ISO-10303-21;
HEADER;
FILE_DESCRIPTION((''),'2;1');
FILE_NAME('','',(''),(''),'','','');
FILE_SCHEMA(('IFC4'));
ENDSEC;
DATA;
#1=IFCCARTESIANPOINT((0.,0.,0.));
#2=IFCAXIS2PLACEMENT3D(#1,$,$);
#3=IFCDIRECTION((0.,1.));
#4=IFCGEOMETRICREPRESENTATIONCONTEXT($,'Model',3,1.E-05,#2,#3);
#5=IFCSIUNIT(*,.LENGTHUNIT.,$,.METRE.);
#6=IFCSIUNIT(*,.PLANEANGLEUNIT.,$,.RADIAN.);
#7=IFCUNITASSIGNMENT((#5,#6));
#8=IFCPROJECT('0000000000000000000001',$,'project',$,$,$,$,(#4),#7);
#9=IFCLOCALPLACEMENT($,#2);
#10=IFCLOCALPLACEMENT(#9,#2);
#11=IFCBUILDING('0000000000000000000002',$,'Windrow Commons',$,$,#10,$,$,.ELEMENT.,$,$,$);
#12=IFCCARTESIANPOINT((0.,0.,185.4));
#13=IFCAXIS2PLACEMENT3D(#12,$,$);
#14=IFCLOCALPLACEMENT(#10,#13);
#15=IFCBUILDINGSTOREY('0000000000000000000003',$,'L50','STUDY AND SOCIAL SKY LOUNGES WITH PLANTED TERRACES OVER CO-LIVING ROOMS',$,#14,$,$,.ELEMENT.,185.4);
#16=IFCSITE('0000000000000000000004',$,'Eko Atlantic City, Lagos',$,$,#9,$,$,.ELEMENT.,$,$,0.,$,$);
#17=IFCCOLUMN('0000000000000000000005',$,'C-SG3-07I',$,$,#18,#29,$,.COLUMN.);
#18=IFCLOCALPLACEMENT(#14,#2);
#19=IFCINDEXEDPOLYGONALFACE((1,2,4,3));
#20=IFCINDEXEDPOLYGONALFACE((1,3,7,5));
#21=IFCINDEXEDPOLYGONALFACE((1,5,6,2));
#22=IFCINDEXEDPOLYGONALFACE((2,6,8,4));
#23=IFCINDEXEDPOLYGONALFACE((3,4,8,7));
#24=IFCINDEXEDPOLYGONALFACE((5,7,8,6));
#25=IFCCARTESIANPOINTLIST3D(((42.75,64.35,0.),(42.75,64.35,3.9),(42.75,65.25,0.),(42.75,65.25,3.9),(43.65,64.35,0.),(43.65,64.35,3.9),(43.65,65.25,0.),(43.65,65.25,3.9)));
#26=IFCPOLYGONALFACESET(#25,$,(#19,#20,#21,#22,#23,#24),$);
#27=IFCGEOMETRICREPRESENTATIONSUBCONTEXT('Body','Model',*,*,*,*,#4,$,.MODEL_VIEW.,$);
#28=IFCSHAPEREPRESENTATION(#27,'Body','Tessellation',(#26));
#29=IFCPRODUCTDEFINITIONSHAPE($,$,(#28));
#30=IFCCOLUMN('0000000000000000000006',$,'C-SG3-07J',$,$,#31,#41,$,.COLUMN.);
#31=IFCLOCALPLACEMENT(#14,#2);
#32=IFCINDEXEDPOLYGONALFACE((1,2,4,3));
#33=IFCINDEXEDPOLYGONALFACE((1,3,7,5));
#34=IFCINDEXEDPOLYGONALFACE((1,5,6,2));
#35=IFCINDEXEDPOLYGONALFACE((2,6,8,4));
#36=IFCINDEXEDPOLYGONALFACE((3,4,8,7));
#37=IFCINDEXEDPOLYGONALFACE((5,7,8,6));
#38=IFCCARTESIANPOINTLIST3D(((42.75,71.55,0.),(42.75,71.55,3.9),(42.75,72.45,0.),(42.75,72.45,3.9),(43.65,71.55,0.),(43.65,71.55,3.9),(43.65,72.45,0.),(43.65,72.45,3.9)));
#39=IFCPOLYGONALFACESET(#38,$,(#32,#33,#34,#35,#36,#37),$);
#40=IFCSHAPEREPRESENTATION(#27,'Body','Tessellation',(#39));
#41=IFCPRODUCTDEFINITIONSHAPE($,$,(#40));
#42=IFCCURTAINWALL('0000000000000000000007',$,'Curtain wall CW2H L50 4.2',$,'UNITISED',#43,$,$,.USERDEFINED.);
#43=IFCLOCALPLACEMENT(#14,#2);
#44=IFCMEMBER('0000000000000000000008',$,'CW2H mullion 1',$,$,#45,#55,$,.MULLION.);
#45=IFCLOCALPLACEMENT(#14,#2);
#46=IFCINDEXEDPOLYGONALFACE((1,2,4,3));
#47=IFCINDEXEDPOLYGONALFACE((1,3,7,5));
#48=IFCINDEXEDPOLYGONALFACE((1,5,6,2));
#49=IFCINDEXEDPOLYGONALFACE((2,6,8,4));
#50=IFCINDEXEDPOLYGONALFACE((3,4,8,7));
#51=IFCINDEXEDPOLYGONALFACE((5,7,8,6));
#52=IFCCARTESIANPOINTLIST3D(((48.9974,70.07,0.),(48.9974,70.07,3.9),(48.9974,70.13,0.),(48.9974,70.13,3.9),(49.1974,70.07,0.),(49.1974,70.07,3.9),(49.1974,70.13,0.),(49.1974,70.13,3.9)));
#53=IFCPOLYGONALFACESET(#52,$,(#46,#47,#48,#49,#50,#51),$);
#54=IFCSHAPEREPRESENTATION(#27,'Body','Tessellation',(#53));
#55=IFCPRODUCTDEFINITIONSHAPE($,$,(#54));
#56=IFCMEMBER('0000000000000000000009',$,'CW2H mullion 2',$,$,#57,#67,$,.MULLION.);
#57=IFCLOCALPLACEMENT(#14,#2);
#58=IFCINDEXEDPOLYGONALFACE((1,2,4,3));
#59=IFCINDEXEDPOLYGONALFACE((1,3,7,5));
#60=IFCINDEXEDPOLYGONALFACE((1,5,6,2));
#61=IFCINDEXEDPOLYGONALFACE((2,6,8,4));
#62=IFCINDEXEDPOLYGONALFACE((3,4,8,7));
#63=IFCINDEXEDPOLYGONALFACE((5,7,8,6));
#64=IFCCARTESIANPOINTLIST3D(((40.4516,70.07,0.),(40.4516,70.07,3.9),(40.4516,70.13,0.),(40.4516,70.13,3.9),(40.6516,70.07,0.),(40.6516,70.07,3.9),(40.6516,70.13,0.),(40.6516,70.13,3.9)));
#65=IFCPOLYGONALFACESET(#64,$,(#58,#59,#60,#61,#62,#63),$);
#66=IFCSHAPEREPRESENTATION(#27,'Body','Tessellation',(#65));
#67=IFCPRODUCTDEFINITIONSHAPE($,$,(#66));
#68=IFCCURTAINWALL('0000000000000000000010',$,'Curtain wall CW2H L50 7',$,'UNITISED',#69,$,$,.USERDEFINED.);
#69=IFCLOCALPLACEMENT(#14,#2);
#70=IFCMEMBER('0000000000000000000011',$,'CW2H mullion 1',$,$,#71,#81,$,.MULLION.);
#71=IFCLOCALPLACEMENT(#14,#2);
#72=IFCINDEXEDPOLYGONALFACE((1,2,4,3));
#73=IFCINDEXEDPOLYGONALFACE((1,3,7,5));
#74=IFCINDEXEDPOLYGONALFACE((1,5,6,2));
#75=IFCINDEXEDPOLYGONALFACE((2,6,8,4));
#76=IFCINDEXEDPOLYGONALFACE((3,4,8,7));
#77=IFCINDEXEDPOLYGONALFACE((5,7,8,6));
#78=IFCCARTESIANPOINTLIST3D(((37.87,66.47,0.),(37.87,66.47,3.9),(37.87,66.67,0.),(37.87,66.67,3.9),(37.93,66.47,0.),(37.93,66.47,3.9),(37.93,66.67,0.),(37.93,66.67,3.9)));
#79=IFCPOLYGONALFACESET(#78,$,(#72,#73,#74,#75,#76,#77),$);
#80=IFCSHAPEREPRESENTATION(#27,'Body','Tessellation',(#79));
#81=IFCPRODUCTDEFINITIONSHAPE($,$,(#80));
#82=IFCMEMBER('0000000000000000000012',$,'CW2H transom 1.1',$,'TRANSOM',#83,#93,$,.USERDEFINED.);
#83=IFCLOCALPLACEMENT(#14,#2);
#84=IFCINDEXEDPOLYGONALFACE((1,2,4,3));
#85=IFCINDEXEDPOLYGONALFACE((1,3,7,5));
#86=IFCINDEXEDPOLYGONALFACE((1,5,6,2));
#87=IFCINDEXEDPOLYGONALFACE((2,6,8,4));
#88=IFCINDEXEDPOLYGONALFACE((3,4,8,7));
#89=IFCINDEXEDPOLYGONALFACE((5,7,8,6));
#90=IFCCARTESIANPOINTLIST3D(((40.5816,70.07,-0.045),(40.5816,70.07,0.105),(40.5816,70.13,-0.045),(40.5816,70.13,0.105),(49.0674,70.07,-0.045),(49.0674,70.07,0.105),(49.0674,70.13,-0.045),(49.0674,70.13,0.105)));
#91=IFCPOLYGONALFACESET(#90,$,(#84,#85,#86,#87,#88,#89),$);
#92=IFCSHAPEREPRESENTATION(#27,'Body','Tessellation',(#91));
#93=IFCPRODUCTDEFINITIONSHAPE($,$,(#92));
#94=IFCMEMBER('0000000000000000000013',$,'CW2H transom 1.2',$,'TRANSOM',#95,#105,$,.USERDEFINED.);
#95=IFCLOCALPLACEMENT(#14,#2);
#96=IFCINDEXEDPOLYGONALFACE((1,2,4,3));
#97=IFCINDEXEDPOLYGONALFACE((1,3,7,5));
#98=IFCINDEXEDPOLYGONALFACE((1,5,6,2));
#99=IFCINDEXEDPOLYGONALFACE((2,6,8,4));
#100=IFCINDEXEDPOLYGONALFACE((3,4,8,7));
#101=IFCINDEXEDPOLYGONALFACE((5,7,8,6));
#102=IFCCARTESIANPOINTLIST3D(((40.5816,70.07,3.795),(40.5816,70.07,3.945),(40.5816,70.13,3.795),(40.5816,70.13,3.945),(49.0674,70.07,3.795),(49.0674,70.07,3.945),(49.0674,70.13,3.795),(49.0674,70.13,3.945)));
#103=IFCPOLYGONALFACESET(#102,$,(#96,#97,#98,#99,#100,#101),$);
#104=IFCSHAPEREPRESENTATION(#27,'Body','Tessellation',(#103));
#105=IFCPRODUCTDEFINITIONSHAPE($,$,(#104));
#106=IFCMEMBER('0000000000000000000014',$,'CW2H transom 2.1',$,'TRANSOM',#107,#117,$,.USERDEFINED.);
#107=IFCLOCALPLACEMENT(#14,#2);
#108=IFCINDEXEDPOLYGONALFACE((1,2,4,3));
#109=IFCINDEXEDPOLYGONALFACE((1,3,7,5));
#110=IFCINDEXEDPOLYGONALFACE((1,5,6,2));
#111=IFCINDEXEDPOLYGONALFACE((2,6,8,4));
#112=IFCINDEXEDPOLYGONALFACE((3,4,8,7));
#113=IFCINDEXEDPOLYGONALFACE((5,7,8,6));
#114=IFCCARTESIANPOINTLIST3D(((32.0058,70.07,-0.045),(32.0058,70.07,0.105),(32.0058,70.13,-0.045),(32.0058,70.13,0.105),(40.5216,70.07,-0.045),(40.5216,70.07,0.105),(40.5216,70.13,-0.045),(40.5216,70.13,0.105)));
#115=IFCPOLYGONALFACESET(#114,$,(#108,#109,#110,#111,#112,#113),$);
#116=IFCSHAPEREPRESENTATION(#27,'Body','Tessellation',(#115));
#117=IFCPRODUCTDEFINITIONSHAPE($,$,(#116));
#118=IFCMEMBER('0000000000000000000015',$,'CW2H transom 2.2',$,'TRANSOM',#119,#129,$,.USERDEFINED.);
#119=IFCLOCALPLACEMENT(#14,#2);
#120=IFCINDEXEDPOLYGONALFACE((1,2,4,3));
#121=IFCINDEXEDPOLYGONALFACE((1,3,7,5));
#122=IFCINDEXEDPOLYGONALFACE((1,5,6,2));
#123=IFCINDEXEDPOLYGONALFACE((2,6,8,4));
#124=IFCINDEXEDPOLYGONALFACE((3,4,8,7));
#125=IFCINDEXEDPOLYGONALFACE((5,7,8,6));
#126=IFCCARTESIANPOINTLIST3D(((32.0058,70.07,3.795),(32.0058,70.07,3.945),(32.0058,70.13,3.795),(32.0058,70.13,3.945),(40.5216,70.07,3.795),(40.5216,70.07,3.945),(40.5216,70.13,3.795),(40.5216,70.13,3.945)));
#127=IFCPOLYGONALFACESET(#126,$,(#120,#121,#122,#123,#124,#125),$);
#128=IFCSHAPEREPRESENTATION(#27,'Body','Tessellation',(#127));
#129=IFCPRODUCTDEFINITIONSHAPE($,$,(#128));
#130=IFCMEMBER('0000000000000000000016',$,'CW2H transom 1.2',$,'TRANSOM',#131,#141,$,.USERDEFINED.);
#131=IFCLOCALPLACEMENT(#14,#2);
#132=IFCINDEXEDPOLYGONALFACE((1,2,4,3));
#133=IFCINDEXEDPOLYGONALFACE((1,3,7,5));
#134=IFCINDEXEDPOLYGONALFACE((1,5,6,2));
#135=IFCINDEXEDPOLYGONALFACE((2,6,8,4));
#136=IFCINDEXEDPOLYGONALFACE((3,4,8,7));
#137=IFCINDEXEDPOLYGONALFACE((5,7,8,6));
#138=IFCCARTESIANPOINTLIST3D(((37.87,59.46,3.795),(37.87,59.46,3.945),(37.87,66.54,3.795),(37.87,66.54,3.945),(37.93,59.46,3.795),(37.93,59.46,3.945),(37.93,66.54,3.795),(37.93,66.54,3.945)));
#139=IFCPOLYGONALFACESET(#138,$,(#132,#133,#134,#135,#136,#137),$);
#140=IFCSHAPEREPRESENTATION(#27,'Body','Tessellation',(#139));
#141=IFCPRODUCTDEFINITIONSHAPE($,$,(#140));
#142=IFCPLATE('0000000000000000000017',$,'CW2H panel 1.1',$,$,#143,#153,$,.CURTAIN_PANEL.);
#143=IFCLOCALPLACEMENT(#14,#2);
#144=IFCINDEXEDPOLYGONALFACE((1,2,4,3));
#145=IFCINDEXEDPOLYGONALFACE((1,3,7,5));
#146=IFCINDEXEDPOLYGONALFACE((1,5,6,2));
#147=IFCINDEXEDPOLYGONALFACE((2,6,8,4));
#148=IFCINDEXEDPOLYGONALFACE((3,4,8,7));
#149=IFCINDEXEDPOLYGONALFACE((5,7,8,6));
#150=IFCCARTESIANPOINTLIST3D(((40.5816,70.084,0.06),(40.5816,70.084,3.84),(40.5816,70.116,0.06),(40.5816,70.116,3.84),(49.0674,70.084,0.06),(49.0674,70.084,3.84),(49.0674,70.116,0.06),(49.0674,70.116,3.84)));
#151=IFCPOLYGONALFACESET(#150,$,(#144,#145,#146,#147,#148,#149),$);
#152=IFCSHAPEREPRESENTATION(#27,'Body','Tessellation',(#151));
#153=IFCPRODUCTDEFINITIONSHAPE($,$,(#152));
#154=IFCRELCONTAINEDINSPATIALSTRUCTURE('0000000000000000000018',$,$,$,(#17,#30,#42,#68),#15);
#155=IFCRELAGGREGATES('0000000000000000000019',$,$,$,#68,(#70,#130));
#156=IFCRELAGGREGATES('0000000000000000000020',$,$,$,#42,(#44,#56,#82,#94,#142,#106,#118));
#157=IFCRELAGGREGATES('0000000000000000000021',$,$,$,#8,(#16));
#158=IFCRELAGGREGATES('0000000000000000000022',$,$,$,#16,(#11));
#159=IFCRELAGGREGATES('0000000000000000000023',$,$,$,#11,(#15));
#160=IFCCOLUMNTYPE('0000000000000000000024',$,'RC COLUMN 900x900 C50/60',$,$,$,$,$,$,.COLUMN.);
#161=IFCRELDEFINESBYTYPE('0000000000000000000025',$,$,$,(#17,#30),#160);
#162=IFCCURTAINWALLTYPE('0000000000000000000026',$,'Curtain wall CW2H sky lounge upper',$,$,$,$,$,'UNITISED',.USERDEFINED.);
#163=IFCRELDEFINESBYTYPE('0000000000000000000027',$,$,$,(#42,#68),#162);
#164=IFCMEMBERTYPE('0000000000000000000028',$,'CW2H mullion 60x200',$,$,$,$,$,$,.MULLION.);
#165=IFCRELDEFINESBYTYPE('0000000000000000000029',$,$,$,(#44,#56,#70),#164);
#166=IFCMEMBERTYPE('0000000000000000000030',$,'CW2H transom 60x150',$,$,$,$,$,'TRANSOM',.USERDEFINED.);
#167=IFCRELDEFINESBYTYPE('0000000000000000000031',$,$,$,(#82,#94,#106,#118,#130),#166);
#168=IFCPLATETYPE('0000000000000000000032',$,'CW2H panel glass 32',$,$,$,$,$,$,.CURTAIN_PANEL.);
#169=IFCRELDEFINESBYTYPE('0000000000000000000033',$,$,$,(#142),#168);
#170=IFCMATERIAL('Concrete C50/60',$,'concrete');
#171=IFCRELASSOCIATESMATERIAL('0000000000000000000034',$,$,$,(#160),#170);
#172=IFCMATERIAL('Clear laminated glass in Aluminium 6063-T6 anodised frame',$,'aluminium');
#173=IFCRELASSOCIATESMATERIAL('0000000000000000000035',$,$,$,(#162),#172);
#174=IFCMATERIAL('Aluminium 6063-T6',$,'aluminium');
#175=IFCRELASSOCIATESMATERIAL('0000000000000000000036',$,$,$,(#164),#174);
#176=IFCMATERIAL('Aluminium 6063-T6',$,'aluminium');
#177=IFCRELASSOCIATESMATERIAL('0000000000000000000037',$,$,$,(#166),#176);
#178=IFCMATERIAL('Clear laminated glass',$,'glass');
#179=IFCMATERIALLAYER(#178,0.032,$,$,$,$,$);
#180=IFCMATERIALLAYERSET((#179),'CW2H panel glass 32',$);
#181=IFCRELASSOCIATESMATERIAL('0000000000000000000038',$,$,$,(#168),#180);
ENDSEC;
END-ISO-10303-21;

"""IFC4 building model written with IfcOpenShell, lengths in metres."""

from ifc_helpers import new_model, si_unit, direction, frame, origin, origin_2d, place, context, subcontext, project, spatial, rectangle, extrude, material, layer, layer_set, material_profile, profile_set, type_object, element, aggregate, save


model = new_model("IFC4")

# Units and contexts
model_context = context("Model", 3, precision=1e-05, world=origin(), true_north=direction((0.0, 1.0)))
body_context = subcontext(model_context, "Body", "Model", "MODEL_VIEW")
ifc_project = project(units=[si_unit("LENGTHUNIT", "METRE"), si_unit("PLANEANGLEUNIT", "RADIAN")], contexts=[model_context])

# Site, building, storey
site_placement = place(None, origin())
site = spatial("IfcSite", under=ifc_project, at=site_placement, Name="Eko Atlantic City, Lagos", CompositionType="ELEMENT", RefElevation=0.0)
building_placement = place(site_placement, origin())
building = spatial("IfcBuilding", under=site, at=building_placement, Name="Windrow Commons", CompositionType="ELEMENT")
storey_placement = place(building_placement, frame((0.0, 0.0, 185.4)))
storey = spatial("IfcBuildingStorey", under=building, at=storey_placement, Name="L50", Description="STUDY AND SOCIAL SKY LOUNGES WITH PLANTED TERRACES OVER CO-LIVING ROOMS", CompositionType="ELEMENT", Elevation=185.4)

# Columns
ifc_material_1 = material(Name="Concrete C50/60", Category="concrete")
ifc_material_profile_1 = material_profile(ifc_material_1, rectangle(XDim=0.9, YDim=0.9, at=origin_2d()))
ifc_profile_set_1 = profile_set([ifc_material_profile_1], Name="Concrete C50/60")
column_type = type_object("IfcColumnType", Name="RC COLUMN 900x900 C50/60", PredefinedType="COLUMN", material=ifc_profile_set_1)
for number, where, z_axis, x_axis, name in (
    (1, (43.2, 64.8, 0.0), (0.0, 0.0, 1.0), (1.0, 0.0, 0.0), "C-SG3-07I"),
    (2, (43.2, 72.0, 0.0), (0.0, 0.0, 1.0), (1.0, 0.0, 0.0), "C-SG3-07J"),
):
    element("IfcColumn", number, at=place(storey_placement, frame(where, z_axis=z_axis, x_axis=x_axis)), inside=storey, type_object=column_type, Name=name, PredefinedType="COLUMN", context=body_context, shape_type="SweptSolid", body=[
        extrude(rectangle(XDim=0.9, YDim=0.9, at=origin_2d()), origin(), (0.0, 0.0, 1.0), 3.9),
    ])

# Curtain wall, members
ifc_material_2 = material(Name="Clear laminated glass in Aluminium 6063-T6 anodised frame", Category="aluminium")
curtain_wall_type = type_object("IfcCurtainWallType", Name="Curtain wall CW2H sky lounge upper", ElementType="UNITISED", PredefinedType="USERDEFINED", material=ifc_material_2)
placement = place(storey_placement, origin())
curtain_wall_1 = element("IfcCurtainWall", 3, at=placement, inside=storey, type_object=curtain_wall_type, Name="Curtain wall CW2H L50 4.2", ObjectType="UNITISED", PredefinedType="USERDEFINED")
ifc_material_3 = material(Name="Aluminium 6063-T6", Category="aluminium")
ifc_material_profile_2 = material_profile(ifc_material_3, rectangle(XDim=0.06, YDim=0.2, at=origin_2d()))
ifc_profile_set_2 = profile_set([ifc_material_profile_2], Name="Aluminium 6063-T6")
member_type_1 = type_object("IfcMemberType", Name="CW2H mullion 60x200", PredefinedType="MULLION", material=ifc_profile_set_2)
member_1_placement = place(storey_placement, frame((49.0974, 70.1, 0.0), z_axis=(0.0, 0.0, 1.0), x_axis=(0.0, -1.0, 0.0)))
member_1 = element("IfcMember", 4, at=member_1_placement, type_object=member_type_1, Name="CW2H mullion 1", PredefinedType="MULLION", context=body_context, shape_type="SweptSolid", body=[
    extrude(rectangle(XDim=0.06, YDim=0.2, at=origin_2d()), origin(), (0.0, 0.0, 1.0), 3.9),
])
member_2_placement = place(storey_placement, frame((40.5516, 70.1, 0.0), z_axis=(0.0, 0.0, 1.0), x_axis=(0.0, -1.0, 0.0)))
member_2 = element("IfcMember", 5, at=member_2_placement, type_object=member_type_1, Name="CW2H mullion 2", PredefinedType="MULLION", context=body_context, shape_type="SweptSolid", body=[
    extrude(rectangle(XDim=0.06, YDim=0.2, at=origin_2d()), origin(), (0.0, 0.0, 1.0), 3.9),
])

# Curtain wall, member
curtain_wall_2 = element("IfcCurtainWall", 6, at=placement, inside=storey, type_object=curtain_wall_type, Name="Curtain wall CW2H L50 7", ObjectType="UNITISED", PredefinedType="USERDEFINED")
member_3_placement = place(storey_placement, frame((37.9, 66.57, 0.0), z_axis=(0.0, 0.0, 1.0), x_axis=(1.0, 0.0, 0.0)))
member_3 = element("IfcMember", 7, at=member_3_placement, type_object=member_type_1, Name="CW2H mullion 1", PredefinedType="MULLION", context=body_context, shape_type="SweptSolid", body=[
    extrude(rectangle(XDim=0.06, YDim=0.2, at=origin_2d()), origin(), (0.0, 0.0, 1.0), 3.9),
])

# Members
ifc_material_4 = material(Name="Aluminium 6063-T6", Category="aluminium")
ifc_material_profile_3 = material_profile(ifc_material_4, rectangle(XDim=0.06, YDim=0.15, at=origin_2d()))
ifc_profile_set_3 = profile_set([ifc_material_profile_3], Name="Aluminium 6063-T6")
member_type_2 = type_object("IfcMemberType", Name="CW2H transom 60x150", ElementType="TRANSOM", PredefinedType="USERDEFINED", material=ifc_profile_set_3)
member_4_placement = place(storey_placement, frame((49.0674, 70.1, 0.03), z_axis=(-1.0, 0.0, 0.0), x_axis=(0.0, -1.0, 0.0)))
member_4 = element("IfcMember", 8, at=member_4_placement, type_object=member_type_2, Name="CW2H transom 1.1", ObjectType="TRANSOM", PredefinedType="USERDEFINED", context=body_context, shape_type="SweptSolid", body=[
    extrude(rectangle(XDim=0.06, YDim=0.15, at=origin_2d()), origin(), (0.0, 0.0, 1.0), 8.4858),
])
member_5_placement = place(storey_placement, frame((49.0674, 70.1, 3.87), z_axis=(-1.0, 0.0, 0.0), x_axis=(0.0, -1.0, 0.0)))
member_5 = element("IfcMember", 9, at=member_5_placement, type_object=member_type_2, Name="CW2H transom 1.2", ObjectType="TRANSOM", PredefinedType="USERDEFINED", context=body_context, shape_type="SweptSolid", body=[
    extrude(rectangle(XDim=0.06, YDim=0.15, at=origin_2d()), origin(), (0.0, 0.0, 1.0), 8.4858),
])
member_6_placement = place(storey_placement, frame((40.5216, 70.1, 0.03), z_axis=(-1.0, 0.0, 0.0), x_axis=(0.0, -1.0, 0.0)))
member_6 = element("IfcMember", 10, at=member_6_placement, type_object=member_type_2, Name="CW2H transom 2.1", ObjectType="TRANSOM", PredefinedType="USERDEFINED", context=body_context, shape_type="SweptSolid", body=[
    extrude(rectangle(XDim=0.06, YDim=0.15, at=origin_2d()), origin(), (0.0, 0.0, 1.0), 8.5158),
])
member_7_placement = place(storey_placement, frame((40.5216, 70.1, 3.87), z_axis=(-1.0, 0.0, 0.0), x_axis=(0.0, -1.0, 0.0)))
member_7 = element("IfcMember", 11, at=member_7_placement, type_object=member_type_2, Name="CW2H transom 2.2", ObjectType="TRANSOM", PredefinedType="USERDEFINED", context=body_context, shape_type="SweptSolid", body=[
    extrude(rectangle(XDim=0.06, YDim=0.15, at=origin_2d()), origin(), (0.0, 0.0, 1.0), 8.5158),
])
member_8_placement = place(storey_placement, frame((37.9, 66.54, 3.87), z_axis=(0.0, -1.0, 0.0), x_axis=(1.0, 0.0, 0.0)))
member_8 = element("IfcMember", 12, at=member_8_placement, type_object=member_type_2, Name="CW2H transom 1.2", ObjectType="TRANSOM", PredefinedType="USERDEFINED", context=body_context, shape_type="SweptSolid", body=[
    extrude(rectangle(XDim=0.06, YDim=0.15, at=origin_2d()), origin(), (0.0, 0.0, 1.0), 7.08),
])
aggregate(curtain_wall_2, [member_3, member_8])

# Plate
ifc_material_5 = material(Name="Clear laminated glass", Category="glass")
ifc_layer_1 = layer(ifc_material_5, 0.032)
ifc_layer_set_1 = layer_set([ifc_layer_1], Name="CW2H panel glass 32")
plate_type = type_object("IfcPlateType", Name="CW2H panel glass 32", PredefinedType="CURTAIN_PANEL", material=ifc_layer_set_1)
plate_placement = place(storey_placement, frame((44.8245, 70.1, 0.06), z_axis=(0.0, 0.0, 1.0), x_axis=(-1.0, 0.0, 0.0)))
plate = element("IfcPlate", 13, at=plate_placement, type_object=plate_type, Name="CW2H panel 1.1", PredefinedType="CURTAIN_PANEL", context=body_context, shape_type="SweptSolid", body=[
    extrude(rectangle(XDim=8.4858, YDim=0.032, at=origin_2d()), origin(), (0.0, 0.0, 1.0), 3.78),
])
aggregate(curtain_wall_1, [member_1, member_2, member_4, member_5, plate, member_6, member_7])

save(model, "model.ifc")
